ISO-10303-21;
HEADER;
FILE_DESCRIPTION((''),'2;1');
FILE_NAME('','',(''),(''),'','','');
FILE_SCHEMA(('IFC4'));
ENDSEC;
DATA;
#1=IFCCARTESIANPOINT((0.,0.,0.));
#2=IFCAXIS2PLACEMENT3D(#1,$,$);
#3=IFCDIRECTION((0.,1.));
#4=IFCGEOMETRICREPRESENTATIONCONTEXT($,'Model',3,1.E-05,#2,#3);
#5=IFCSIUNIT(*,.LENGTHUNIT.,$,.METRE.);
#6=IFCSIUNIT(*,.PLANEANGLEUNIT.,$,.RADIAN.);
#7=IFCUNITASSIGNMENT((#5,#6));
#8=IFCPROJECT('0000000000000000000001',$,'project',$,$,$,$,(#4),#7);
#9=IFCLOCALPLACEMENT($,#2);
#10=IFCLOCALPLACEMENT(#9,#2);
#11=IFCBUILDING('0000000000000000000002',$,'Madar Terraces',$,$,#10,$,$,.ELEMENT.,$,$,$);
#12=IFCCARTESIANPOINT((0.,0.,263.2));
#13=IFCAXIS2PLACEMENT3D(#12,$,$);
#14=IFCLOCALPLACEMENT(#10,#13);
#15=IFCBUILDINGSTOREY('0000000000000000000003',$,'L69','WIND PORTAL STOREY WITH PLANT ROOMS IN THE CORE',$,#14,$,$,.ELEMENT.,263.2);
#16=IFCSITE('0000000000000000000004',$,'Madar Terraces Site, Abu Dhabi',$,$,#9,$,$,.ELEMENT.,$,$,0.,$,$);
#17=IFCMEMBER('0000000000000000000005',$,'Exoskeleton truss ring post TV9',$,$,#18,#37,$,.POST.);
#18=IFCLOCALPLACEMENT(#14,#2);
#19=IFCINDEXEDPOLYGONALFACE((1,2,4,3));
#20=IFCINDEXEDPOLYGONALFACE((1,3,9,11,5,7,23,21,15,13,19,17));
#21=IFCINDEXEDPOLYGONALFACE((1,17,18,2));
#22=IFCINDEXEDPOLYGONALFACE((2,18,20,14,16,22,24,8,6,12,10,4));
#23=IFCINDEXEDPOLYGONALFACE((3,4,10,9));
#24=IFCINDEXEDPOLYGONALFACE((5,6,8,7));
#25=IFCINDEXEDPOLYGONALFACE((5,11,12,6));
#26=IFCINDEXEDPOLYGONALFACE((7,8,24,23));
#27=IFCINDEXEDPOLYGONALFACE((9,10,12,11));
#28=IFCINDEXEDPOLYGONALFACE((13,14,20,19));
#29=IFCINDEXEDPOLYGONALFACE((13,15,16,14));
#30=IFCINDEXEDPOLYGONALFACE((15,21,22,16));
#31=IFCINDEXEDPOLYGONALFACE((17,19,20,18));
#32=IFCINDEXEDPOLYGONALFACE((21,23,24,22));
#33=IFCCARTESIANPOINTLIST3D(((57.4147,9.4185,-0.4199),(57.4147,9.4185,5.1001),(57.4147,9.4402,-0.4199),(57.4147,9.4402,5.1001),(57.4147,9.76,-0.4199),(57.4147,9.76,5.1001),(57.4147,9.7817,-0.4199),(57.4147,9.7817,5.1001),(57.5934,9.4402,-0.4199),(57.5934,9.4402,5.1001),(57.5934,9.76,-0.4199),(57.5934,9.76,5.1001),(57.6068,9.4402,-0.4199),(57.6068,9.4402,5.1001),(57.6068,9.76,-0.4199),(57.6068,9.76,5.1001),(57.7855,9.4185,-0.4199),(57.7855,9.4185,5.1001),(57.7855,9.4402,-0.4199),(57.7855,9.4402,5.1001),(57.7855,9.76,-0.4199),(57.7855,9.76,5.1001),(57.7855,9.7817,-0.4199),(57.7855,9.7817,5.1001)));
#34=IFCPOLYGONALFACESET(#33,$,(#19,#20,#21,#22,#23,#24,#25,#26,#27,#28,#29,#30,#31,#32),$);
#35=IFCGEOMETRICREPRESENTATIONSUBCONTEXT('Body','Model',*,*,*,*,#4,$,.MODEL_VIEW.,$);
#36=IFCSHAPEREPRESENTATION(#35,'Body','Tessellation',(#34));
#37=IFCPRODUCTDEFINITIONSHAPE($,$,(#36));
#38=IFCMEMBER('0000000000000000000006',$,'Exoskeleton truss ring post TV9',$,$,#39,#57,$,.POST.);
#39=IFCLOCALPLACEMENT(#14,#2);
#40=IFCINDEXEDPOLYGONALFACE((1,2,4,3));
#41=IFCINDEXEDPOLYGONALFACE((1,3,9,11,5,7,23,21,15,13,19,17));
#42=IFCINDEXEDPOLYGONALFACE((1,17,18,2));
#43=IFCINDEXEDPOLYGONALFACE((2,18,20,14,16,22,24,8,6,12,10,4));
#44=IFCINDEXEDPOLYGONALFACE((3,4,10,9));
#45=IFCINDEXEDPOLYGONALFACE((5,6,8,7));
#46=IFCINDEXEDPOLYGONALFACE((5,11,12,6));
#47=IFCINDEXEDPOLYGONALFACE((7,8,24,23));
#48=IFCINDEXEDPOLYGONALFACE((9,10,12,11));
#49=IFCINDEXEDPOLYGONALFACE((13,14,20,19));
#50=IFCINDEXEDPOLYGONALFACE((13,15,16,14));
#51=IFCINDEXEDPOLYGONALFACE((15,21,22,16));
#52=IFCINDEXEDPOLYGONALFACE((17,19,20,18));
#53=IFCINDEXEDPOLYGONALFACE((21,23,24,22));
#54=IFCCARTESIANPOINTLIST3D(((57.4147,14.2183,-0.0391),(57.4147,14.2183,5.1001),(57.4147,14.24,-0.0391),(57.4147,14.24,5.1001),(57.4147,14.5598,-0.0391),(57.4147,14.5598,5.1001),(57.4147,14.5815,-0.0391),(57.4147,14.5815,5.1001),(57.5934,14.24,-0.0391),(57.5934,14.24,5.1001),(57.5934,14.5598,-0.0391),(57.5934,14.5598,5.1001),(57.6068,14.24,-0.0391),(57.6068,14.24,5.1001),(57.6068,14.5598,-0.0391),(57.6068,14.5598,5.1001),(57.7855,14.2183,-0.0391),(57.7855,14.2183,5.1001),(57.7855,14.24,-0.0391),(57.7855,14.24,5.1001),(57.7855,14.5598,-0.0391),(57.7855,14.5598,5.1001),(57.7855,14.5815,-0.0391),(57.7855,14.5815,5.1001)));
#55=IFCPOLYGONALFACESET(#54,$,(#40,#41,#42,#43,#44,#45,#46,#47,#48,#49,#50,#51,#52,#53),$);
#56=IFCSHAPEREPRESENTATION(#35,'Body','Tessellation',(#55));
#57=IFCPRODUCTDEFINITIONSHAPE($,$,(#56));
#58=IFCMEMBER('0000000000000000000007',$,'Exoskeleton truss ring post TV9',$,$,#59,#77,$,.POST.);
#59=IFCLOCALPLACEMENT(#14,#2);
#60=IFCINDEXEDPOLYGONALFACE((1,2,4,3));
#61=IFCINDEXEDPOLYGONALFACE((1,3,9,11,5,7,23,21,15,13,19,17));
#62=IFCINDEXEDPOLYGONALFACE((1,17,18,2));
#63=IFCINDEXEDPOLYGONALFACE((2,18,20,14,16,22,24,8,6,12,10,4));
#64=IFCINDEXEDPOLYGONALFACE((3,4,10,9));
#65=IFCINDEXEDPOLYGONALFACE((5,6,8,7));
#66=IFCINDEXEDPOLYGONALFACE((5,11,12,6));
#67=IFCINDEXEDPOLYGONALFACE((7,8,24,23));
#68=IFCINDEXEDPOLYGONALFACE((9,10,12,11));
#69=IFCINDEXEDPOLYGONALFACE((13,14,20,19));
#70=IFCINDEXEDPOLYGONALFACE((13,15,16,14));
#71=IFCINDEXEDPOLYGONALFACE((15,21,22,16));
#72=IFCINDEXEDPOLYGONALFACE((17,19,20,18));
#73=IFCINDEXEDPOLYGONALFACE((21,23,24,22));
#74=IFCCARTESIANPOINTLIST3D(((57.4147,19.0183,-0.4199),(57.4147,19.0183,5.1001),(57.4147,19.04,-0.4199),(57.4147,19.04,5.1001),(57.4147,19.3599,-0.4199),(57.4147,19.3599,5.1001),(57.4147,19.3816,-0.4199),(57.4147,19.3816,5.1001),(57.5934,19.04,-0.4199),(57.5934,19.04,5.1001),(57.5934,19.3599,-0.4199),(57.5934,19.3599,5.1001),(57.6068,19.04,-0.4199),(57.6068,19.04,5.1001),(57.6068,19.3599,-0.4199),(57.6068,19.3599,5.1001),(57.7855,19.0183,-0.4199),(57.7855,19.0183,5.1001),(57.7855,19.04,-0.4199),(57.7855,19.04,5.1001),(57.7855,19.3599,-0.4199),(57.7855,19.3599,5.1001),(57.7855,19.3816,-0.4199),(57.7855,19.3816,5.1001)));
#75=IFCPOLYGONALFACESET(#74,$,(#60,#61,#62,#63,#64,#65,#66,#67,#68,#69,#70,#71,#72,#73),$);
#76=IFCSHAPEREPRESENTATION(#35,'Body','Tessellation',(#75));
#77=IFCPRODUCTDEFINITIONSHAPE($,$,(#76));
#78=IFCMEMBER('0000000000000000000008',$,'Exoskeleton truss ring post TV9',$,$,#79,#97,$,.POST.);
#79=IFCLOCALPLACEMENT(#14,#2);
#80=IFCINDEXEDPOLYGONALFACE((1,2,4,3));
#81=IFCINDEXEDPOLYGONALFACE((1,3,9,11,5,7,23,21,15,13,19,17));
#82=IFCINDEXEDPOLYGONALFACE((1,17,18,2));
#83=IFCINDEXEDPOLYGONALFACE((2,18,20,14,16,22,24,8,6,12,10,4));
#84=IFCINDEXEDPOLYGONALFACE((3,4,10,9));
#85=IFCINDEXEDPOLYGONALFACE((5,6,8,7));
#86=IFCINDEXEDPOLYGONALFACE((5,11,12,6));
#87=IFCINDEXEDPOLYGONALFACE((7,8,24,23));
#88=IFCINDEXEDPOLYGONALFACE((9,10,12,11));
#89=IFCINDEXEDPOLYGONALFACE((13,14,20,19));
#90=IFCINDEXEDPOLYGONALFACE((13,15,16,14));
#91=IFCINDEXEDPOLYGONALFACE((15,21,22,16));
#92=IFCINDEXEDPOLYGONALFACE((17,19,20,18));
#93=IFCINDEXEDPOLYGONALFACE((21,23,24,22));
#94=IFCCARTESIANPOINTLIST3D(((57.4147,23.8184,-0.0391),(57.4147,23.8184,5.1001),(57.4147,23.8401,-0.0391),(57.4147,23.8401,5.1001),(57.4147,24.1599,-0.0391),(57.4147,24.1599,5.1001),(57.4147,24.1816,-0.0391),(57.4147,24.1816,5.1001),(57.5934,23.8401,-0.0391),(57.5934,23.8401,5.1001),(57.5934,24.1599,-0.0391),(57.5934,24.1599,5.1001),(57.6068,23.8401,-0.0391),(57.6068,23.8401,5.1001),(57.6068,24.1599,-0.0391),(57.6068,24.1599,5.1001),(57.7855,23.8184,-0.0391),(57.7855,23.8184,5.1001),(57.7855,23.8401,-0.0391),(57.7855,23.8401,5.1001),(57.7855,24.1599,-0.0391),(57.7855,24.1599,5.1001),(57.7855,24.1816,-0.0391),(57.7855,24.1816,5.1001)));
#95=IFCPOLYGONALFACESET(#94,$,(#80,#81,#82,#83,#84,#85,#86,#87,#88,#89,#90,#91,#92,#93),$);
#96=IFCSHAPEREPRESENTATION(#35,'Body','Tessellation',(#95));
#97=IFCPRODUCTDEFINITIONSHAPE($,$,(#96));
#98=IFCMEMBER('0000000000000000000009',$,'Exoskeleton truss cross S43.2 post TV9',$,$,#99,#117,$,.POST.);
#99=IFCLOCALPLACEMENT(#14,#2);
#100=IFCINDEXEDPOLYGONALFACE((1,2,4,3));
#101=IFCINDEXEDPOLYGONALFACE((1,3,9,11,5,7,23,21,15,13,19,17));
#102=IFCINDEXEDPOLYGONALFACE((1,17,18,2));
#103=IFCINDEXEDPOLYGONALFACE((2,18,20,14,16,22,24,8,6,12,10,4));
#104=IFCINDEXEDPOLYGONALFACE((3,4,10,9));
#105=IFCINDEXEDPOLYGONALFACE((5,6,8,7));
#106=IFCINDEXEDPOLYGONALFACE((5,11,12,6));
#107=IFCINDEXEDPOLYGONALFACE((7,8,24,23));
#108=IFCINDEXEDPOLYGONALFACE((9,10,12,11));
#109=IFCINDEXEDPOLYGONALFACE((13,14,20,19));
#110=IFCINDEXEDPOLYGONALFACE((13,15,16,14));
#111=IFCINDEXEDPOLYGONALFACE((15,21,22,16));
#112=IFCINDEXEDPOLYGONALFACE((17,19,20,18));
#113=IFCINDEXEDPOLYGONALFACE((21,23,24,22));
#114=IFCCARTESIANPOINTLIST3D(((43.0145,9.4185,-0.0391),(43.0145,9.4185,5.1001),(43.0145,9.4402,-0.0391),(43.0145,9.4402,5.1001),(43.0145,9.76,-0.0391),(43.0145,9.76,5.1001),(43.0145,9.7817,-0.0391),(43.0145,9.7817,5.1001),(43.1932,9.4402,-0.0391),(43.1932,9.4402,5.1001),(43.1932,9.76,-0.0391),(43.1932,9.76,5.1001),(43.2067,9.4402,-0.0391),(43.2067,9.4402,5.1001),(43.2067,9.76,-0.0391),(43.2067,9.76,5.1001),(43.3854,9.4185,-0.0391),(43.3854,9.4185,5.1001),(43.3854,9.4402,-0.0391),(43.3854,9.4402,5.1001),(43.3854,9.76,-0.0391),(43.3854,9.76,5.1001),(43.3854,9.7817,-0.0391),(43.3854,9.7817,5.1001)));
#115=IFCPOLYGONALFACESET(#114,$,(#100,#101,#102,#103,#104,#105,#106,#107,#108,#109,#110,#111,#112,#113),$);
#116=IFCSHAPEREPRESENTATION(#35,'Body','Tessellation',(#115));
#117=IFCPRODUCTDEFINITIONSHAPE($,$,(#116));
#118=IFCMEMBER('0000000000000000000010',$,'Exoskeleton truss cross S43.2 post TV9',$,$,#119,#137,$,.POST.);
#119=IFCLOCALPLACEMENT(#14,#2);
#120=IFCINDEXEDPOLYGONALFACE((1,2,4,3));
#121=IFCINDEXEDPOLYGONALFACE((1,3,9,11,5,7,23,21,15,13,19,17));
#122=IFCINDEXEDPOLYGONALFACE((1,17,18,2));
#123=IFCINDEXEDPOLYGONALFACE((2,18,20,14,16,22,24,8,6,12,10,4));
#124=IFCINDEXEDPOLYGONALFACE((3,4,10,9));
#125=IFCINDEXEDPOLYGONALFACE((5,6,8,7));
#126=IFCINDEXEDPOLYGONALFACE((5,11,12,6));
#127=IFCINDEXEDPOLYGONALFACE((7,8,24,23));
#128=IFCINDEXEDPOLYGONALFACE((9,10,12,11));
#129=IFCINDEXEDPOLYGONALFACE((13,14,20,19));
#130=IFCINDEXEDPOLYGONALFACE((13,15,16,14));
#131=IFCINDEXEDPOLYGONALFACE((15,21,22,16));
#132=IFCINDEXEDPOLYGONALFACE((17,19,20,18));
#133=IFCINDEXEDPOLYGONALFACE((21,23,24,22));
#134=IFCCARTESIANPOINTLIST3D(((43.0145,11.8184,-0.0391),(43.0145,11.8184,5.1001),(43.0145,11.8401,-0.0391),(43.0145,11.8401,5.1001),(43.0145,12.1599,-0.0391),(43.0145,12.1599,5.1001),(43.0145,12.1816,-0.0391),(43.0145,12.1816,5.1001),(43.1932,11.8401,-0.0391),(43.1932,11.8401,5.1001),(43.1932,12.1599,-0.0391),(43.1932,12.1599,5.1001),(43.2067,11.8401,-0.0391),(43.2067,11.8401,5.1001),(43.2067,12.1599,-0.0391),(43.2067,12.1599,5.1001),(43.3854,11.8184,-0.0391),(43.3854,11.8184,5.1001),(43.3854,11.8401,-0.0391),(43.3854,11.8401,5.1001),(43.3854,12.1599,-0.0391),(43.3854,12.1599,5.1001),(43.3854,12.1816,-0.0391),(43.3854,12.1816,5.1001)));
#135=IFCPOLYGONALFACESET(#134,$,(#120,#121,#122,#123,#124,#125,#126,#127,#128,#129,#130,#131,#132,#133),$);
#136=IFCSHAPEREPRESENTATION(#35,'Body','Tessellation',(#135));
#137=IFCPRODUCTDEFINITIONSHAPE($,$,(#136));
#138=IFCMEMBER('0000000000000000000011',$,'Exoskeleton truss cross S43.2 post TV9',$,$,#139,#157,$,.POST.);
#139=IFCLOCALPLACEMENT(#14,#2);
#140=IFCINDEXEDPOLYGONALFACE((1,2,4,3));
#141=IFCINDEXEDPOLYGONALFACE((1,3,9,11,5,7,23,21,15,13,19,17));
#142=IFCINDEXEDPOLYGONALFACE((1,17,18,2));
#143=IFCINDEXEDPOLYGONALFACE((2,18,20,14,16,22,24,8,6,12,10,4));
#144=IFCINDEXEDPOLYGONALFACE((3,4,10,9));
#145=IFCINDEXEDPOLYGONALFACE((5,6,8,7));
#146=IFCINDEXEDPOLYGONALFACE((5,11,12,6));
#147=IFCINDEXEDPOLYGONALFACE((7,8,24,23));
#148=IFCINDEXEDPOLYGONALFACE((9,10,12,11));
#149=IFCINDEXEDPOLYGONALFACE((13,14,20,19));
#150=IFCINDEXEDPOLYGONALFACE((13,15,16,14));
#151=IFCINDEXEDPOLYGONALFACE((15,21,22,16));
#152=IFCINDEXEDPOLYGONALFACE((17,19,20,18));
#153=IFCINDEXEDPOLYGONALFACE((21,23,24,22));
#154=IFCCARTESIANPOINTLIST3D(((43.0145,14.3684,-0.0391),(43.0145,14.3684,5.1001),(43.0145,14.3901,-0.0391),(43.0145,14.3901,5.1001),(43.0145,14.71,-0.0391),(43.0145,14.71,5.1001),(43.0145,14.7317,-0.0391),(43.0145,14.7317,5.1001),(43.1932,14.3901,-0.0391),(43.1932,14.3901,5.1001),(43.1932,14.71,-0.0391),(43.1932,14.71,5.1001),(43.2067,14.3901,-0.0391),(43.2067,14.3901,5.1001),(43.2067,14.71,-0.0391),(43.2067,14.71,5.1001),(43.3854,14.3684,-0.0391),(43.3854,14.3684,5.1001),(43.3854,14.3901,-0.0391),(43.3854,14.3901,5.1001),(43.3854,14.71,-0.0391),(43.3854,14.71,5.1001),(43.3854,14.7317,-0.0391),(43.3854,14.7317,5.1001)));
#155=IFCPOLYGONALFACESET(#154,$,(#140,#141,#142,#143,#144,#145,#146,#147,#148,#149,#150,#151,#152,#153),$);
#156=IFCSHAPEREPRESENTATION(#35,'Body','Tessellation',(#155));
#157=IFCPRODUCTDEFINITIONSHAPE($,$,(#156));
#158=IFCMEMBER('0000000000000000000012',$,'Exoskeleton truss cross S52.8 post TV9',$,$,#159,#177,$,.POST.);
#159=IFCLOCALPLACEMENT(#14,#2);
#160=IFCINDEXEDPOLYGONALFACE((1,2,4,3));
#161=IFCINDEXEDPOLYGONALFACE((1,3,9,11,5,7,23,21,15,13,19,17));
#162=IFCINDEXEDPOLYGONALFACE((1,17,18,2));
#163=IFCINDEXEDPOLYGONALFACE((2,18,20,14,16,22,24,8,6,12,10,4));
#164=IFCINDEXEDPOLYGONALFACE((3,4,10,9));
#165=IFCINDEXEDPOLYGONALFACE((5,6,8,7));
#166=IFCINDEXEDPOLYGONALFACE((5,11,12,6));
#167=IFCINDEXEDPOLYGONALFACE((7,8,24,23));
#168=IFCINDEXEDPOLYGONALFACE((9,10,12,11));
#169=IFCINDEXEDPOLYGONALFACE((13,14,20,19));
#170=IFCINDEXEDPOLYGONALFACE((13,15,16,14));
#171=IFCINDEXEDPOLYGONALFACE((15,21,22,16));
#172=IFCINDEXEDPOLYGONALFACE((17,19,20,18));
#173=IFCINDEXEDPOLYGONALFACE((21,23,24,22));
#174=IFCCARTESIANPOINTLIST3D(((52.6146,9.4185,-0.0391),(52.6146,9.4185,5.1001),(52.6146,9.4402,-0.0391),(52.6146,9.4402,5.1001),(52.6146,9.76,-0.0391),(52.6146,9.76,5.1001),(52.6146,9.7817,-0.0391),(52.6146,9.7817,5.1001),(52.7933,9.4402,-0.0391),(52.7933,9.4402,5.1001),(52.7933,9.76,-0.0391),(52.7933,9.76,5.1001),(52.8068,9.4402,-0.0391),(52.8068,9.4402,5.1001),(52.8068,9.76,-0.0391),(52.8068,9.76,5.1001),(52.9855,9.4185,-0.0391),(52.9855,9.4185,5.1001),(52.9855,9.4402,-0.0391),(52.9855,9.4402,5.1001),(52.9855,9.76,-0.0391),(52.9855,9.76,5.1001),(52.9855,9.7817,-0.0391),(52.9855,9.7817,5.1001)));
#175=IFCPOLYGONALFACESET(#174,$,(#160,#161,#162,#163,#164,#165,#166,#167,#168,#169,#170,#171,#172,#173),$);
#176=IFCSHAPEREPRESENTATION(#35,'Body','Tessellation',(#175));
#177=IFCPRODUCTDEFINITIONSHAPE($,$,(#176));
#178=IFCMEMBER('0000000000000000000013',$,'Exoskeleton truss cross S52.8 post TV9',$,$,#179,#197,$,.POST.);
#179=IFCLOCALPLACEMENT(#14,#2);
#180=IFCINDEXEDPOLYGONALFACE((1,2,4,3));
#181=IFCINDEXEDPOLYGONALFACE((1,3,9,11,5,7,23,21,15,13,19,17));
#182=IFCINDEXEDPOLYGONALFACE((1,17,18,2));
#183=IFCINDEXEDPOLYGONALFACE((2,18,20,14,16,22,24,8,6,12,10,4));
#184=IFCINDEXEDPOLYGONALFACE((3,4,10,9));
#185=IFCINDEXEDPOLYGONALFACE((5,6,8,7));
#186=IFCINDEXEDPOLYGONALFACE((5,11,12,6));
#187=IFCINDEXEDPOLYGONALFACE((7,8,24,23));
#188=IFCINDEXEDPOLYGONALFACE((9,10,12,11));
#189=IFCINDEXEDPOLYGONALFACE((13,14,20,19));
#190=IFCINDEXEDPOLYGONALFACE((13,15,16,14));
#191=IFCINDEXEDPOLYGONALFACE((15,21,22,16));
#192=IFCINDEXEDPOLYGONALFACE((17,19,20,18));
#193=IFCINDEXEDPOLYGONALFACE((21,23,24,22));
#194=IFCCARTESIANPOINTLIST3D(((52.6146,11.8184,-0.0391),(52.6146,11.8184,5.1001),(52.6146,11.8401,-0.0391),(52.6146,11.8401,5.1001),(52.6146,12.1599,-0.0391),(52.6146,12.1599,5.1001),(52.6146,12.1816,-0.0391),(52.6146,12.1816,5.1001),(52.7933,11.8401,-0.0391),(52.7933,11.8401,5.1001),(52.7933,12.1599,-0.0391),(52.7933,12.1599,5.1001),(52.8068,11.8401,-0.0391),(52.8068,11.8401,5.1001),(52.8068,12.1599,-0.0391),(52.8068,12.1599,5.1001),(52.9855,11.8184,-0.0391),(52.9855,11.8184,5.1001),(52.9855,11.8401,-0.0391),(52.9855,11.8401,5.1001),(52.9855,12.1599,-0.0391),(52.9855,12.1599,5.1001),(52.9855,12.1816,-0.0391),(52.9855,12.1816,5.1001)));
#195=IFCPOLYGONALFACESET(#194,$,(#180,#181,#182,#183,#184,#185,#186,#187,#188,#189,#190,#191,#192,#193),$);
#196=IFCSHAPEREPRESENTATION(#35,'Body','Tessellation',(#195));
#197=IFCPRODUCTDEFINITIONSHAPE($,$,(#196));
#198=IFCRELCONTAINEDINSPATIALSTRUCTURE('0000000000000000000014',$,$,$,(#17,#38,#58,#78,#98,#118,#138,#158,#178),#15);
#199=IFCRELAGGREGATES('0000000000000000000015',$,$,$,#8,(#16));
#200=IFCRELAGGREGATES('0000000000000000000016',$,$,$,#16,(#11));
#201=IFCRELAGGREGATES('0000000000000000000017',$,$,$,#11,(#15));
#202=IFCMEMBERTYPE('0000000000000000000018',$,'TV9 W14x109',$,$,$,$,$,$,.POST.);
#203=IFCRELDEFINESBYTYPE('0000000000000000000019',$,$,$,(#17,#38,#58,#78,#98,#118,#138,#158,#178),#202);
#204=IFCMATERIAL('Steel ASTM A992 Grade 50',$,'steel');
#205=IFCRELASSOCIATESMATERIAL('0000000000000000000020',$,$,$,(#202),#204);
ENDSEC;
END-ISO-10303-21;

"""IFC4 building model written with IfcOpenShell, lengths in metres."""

from ifc_helpers import new_model, si_unit, direction, frame, origin, origin_2d, place, context, subcontext, project, spatial, i_section, extrude, material, material_profile, profile_set, type_object, element, save


model = new_model("IFC4")

# Units and contexts
model_context = context("Model", 3, precision=1e-05, world=origin(), true_north=direction((0.0, 1.0)))
body_context = subcontext(model_context, "Body", "Model", "MODEL_VIEW")
ifc_project = project(units=[si_unit("LENGTHUNIT", "METRE"), si_unit("PLANEANGLEUNIT", "RADIAN")], contexts=[model_context])

# Site, building, storey
site_placement = place(None, origin())
site = spatial("IfcSite", under=ifc_project, at=site_placement, Name="Madar Terraces Site, Abu Dhabi", CompositionType="ELEMENT", RefElevation=0.0)
building_placement = place(site_placement, origin())
building = spatial("IfcBuilding", under=site, at=building_placement, Name="Madar Terraces", CompositionType="ELEMENT")
storey_placement = place(building_placement, frame((0.0, 0.0, 263.2)))
storey = spatial("IfcBuildingStorey", under=building, at=storey_placement, Name="L69", Description="WIND PORTAL STOREY WITH PLANT ROOMS IN THE CORE", CompositionType="ELEMENT", Elevation=263.2)

# Members
ifc_material_1 = material(Name="Steel ASTM A992 Grade 50", Category="steel")
ifc_material_profile_1 = material_profile(ifc_material_1, i_section(OverallWidth=0.3708, OverallDepth=0.3633, WebThickness=0.0134, FlangeThickness=0.0217, at=origin_2d()), Name="W14x109")
ifc_profile_set_1 = profile_set([ifc_material_profile_1], Name="Steel ASTM A992 Grade 50")
member_type_1 = type_object("IfcMemberType", Name="TV9 W14x109", PredefinedType="POST", material=ifc_profile_set_1)
member_1_placement = place(storey_placement, frame((57.6001, 9.6001, -0.4199), z_axis=(0.0, 0.0, 1.0), x_axis=(-1.0, 0.0, 0.0)))
element("IfcMember", 1, at=member_1_placement, inside=storey, type_object=member_type_1, Name="Exoskeleton truss ring post TV9", PredefinedType="POST", context=body_context, shape_type="SweptSolid", body=[
    extrude(i_section(OverallWidth=0.3708, OverallDepth=0.3633, WebThickness=0.0134, FlangeThickness=0.0217, at=origin_2d()), origin(), (0.0, 0.0, 1.0), 5.52),
])
member_2_placement = place(storey_placement, frame((57.6001, 14.3999, -0.0391), z_axis=(0.0, 0.0, 1.0), x_axis=(-1.0, 0.0, 0.0)))
element("IfcMember", 2, at=member_2_placement, inside=storey, type_object=member_type_1, Name="Exoskeleton truss ring post TV9", PredefinedType="POST", context=body_context, shape_type="SweptSolid", body=[
    extrude(i_section(OverallWidth=0.3708, OverallDepth=0.3633, WebThickness=0.0134, FlangeThickness=0.0217, at=origin_2d()), origin(), (0.0, 0.0, 1.0), 5.1392),
])
member_3_placement = place(storey_placement, frame((57.6001, 19.2, -0.4199), z_axis=(0.0, 0.0, 1.0), x_axis=(-1.0, 0.0, 0.0)))
element("IfcMember", 3, at=member_3_placement, inside=storey, type_object=member_type_1, Name="Exoskeleton truss ring post TV9", PredefinedType="POST", context=body_context, shape_type="SweptSolid", body=[
    extrude(i_section(OverallWidth=0.3708, OverallDepth=0.3633, WebThickness=0.0134, FlangeThickness=0.0217, at=origin_2d()), origin(), (0.0, 0.0, 1.0), 5.52),
])
for number, where, z_axis, x_axis, name in (
    (4, (57.6001, 24.0, -0.0391), (0.0, 0.0, 1.0), (-1.0, 0.0, 0.0), "Exoskeleton truss ring post TV9"),
    (5, (43.2, 9.6001, -0.0391), (0.0, 0.0, 1.0), (-1.0, 0.0, 0.0), "Exoskeleton truss cross S43.2 post TV9"),
    (6, (43.2, 12.0, -0.0391), (0.0, 0.0, 1.0), (-1.0, 0.0, 0.0), "Exoskeleton truss cross S43.2 post TV9"),
    (7, (43.2, 14.55, -0.0391), (0.0, 0.0, 1.0), (-1.0, 0.0, 0.0), "Exoskeleton truss cross S43.2 post TV9"),
    (8, (52.8, 9.6001, -0.0391), (0.0, 0.0, 1.0), (-1.0, 0.0, 0.0), "Exoskeleton truss cross S52.8 post TV9"),
    (9, (52.8, 12.0, -0.0391), (0.0, 0.0, 1.0), (-1.0, 0.0, 0.0), "Exoskeleton truss cross S52.8 post TV9"),
):
    element("IfcMember", number, at=place(storey_placement, frame(where, z_axis=z_axis, x_axis=x_axis)), inside=storey, type_object=member_type_1, Name=name, PredefinedType="POST", context=body_context, shape_type="SweptSolid", body=[
        extrude(i_section(OverallWidth=0.3708, OverallDepth=0.3633, WebThickness=0.0134, FlangeThickness=0.0217, at=origin_2d()), origin(), (0.0, 0.0, 1.0), 5.1392),
    ])

save(model, "model.ifc")
